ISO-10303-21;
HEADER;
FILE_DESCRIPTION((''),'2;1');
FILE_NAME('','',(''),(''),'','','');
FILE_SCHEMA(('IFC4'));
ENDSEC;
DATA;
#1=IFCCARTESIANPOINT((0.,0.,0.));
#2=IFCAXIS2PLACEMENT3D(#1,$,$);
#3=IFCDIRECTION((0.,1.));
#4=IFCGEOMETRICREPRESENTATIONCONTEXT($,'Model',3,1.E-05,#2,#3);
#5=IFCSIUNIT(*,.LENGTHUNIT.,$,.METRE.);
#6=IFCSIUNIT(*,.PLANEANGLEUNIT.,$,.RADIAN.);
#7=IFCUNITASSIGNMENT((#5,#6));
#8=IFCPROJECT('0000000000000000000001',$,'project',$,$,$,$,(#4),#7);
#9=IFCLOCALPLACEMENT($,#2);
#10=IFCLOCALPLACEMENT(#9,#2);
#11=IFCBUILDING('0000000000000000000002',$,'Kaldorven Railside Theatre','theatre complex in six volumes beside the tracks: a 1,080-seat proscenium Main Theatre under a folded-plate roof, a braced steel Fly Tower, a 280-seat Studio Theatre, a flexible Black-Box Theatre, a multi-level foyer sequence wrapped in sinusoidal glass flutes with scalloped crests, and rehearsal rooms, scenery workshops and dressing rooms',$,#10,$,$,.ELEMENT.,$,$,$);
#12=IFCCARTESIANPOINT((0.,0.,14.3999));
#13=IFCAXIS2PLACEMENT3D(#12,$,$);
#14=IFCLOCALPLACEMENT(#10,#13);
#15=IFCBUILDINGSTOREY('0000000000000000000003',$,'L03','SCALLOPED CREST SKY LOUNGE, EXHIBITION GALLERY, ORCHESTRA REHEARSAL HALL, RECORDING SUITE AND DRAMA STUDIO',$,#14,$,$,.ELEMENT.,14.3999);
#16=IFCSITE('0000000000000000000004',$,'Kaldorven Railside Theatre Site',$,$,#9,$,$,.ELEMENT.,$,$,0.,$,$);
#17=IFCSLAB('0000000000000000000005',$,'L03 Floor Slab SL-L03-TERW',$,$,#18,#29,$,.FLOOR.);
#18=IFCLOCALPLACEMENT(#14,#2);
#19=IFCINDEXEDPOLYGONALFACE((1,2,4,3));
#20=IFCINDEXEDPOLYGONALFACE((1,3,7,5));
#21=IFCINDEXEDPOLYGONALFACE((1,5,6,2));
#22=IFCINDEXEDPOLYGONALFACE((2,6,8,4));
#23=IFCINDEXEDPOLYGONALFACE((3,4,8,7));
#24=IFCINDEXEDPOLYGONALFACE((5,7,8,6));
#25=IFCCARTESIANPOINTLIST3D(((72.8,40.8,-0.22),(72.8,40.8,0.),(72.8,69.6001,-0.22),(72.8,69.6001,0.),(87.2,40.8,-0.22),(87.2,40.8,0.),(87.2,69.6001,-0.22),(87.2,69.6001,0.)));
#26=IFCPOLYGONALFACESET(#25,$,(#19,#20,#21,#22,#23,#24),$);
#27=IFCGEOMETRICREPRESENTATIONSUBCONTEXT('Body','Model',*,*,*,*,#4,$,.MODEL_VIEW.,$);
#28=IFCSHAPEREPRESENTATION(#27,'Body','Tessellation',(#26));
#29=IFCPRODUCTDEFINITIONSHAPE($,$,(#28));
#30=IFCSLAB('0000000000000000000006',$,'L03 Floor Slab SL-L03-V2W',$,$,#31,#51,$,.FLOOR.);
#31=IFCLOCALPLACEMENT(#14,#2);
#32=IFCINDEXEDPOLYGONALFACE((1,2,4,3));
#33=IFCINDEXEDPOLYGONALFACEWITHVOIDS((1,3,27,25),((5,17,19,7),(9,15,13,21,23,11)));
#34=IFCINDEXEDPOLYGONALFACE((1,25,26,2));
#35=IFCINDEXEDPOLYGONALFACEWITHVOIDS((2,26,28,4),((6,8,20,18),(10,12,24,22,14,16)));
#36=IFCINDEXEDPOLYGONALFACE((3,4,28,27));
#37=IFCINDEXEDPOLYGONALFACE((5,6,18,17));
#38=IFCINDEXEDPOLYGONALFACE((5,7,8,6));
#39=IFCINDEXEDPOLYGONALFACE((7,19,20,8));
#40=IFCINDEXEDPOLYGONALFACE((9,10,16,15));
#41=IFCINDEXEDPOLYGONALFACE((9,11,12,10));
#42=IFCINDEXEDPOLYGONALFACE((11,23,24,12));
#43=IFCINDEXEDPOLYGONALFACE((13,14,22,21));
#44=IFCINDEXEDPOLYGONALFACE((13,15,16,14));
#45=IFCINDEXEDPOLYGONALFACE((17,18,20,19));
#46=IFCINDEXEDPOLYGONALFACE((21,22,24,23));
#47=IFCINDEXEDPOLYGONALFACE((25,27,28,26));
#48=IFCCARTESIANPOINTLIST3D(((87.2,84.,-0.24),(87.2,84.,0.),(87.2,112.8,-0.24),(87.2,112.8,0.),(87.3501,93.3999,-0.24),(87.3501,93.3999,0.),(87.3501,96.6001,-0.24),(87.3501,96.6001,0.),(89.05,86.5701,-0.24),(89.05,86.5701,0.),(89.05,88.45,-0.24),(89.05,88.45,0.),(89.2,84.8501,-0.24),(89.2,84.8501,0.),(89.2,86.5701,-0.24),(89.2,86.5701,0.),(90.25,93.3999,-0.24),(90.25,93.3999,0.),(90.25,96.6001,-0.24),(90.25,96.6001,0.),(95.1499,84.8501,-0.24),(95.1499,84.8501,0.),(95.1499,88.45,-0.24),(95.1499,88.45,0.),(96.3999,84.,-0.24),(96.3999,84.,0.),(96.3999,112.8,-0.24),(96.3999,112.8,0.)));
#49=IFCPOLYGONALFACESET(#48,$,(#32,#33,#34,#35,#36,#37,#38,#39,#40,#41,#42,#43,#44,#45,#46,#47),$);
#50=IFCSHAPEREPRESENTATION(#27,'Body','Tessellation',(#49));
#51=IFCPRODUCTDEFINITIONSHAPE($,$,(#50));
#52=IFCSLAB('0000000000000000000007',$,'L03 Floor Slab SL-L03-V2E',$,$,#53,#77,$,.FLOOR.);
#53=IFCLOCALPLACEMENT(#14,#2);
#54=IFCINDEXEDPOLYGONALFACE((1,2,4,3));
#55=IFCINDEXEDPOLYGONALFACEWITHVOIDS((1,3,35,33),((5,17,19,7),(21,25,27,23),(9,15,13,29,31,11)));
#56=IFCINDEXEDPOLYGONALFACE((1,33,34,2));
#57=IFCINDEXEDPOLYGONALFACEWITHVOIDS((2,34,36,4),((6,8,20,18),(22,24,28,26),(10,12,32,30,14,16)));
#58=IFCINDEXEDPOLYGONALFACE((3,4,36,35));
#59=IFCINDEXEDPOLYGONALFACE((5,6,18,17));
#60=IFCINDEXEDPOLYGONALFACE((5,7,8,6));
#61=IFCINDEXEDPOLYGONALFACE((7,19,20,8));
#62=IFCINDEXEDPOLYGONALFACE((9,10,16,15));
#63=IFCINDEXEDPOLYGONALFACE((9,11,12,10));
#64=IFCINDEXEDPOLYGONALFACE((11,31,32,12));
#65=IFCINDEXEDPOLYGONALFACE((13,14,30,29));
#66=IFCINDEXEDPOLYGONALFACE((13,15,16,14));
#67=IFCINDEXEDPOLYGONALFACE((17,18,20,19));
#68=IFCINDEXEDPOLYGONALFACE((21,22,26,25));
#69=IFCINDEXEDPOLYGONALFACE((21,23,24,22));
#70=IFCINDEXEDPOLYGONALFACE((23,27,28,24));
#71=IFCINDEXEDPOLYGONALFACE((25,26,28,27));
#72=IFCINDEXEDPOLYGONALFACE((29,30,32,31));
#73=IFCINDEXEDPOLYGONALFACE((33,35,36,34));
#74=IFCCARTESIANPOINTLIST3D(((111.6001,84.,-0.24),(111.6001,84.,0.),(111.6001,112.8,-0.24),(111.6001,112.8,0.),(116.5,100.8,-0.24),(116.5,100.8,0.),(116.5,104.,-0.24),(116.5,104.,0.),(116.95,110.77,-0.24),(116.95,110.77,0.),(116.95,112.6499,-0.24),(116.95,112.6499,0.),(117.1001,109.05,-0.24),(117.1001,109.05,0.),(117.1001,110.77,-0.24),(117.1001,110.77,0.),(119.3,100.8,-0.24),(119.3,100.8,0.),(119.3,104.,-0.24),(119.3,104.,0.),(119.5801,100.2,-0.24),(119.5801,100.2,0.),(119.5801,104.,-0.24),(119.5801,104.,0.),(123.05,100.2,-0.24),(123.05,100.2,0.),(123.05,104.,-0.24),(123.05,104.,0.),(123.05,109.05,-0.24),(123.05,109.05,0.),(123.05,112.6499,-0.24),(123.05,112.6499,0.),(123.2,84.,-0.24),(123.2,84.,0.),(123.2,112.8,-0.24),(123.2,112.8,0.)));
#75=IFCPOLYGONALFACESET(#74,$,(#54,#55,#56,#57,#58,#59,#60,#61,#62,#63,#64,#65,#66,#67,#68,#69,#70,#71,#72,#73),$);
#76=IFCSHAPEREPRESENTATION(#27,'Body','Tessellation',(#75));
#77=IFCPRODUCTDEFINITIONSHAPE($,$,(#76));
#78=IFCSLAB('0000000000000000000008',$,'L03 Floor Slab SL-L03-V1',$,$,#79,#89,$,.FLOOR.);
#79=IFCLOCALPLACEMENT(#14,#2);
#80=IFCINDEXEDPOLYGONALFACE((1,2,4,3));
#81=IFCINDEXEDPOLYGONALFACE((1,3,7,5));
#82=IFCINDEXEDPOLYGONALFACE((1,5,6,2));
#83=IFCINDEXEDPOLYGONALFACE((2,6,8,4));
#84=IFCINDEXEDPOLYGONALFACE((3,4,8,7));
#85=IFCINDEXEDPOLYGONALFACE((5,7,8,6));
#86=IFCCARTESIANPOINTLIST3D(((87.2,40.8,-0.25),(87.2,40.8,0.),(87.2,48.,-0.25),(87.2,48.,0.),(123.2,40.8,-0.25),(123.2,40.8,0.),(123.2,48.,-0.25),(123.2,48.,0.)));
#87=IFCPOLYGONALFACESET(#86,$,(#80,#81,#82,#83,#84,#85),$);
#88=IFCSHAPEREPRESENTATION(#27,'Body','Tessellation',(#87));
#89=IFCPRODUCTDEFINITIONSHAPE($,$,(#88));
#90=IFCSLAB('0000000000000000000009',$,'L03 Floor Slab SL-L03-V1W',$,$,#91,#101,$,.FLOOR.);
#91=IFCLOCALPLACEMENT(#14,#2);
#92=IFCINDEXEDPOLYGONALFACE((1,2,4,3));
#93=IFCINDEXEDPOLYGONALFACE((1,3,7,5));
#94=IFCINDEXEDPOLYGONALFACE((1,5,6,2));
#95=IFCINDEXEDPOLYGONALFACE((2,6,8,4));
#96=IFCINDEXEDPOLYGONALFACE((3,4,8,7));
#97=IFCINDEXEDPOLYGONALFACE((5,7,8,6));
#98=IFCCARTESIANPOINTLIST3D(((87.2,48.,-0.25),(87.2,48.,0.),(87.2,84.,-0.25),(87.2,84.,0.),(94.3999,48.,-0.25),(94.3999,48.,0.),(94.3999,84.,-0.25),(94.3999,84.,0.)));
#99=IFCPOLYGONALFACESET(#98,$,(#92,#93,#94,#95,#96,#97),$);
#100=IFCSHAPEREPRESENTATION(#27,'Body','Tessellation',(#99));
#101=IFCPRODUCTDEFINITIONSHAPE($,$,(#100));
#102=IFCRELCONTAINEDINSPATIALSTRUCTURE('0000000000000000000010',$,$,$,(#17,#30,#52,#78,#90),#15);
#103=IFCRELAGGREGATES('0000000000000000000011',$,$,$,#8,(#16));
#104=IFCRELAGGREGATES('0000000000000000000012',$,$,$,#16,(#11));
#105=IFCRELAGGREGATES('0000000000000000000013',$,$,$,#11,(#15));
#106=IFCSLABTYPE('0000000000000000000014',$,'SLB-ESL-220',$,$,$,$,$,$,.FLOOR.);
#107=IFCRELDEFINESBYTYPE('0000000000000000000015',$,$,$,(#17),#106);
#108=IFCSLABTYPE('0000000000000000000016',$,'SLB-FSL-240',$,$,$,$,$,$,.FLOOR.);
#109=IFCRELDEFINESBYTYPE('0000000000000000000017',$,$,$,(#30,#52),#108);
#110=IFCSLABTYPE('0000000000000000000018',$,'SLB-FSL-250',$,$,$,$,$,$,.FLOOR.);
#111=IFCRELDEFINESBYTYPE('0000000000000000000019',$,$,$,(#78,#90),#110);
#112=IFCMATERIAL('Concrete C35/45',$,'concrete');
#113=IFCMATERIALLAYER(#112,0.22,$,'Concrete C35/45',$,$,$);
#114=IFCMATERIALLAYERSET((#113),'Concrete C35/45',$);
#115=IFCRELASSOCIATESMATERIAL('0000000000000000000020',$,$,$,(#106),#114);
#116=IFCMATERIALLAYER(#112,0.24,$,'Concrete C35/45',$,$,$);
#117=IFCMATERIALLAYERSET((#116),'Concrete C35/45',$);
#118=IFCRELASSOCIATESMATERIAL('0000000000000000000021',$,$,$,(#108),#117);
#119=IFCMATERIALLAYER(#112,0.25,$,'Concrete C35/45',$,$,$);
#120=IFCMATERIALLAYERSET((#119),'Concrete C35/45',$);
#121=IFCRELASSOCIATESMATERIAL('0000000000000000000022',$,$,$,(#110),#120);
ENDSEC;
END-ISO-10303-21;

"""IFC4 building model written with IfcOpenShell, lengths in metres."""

from ifc_helpers import new_model, si_unit, direction, frame, origin, place, context, subcontext, project, spatial, polyline, outline, extrude, material, layer, layer_set, type_object, element, save


model = new_model("IFC4")

# Units and contexts
model_context = context("Model", 3, precision=1e-05, world=origin(), true_north=direction((0.0, 1.0)))
body_context = subcontext(model_context, "Body", "Model", "MODEL_VIEW")
ifc_project = project(units=[si_unit("LENGTHUNIT", "METRE"), si_unit("PLANEANGLEUNIT", "RADIAN")], contexts=[model_context])

# Site, building, storey
site_placement = place(None, origin())
site = spatial("IfcSite", under=ifc_project, at=site_placement, Name="Kaldorven Railside Theatre Site", CompositionType="ELEMENT", RefElevation=0.0)
building_placement = place(site_placement, origin())
building = spatial("IfcBuilding", under=site, at=building_placement, Name="Kaldorven Railside Theatre", Description="theatre complex in six volumes beside the tracks: a 1,080-seat proscenium Main Theatre under a folded-plate roof, a braced steel Fly Tower, a 280-seat Studio Theatre, a flexible Black-Box Theatre, a multi-level foyer sequence wrapped in sinusoidal glass flutes with scalloped crests, and rehearsal rooms, scenery workshops and dressing rooms", CompositionType="ELEMENT")
storey_placement = place(building_placement, frame((0.0, 0.0, 14.3999)))
storey = spatial("IfcBuildingStorey", under=building, at=storey_placement, Name="L03", Description="SCALLOPED CREST SKY LOUNGE, EXHIBITION GALLERY, ORCHESTRA REHEARSAL HALL, RECORDING SUITE AND DRAMA STUDIO", CompositionType="ELEMENT", Elevation=14.3999)

# Slabs
ifc_material_1 = material(Name="Concrete C35/45", Category="concrete")
ifc_layer_1 = layer(ifc_material_1, 0.22, Name="Concrete C35/45")
ifc_layer_set_1 = layer_set([ifc_layer_1], Name="Concrete C35/45")
slab_type_1 = type_object("IfcSlabType", Name="SLB-ESL-220", PredefinedType="FLOOR", material=ifc_layer_set_1)
slab_1_placement = place(storey_placement, frame((0.0, 0.0, -0.22)))
element("IfcSlab", 1, at=slab_1_placement, inside=storey, type_object=slab_type_1, Name="L03 Floor Slab SL-L03-TERW", PredefinedType="FLOOR", context=body_context, shape_type="SweptSolid", body=[
    extrude(outline(polyline([(72.8, 40.8), (87.2, 40.8), (87.2, 69.6001), (72.8, 69.6001), (72.8, 40.8)])), origin(), (0.0, 0.0, 1.0), 0.22),
])
ifc_layer_2 = layer(ifc_material_1, 0.24, Name="Concrete C35/45")
ifc_layer_set_2 = layer_set([ifc_layer_2], Name="Concrete C35/45")
slab_type_2 = type_object("IfcSlabType", Name="SLB-FSL-240", PredefinedType="FLOOR", material=ifc_layer_set_2)
slab_2_placement = place(storey_placement, frame((0.0, 0.0, -0.24)))
element("IfcSlab", 2, at=slab_2_placement, inside=storey, type_object=slab_type_2, Name="L03 Floor Slab SL-L03-V2W", PredefinedType="FLOOR", context=body_context, shape_type="SweptSolid", body=[
    extrude(outline(polyline([(87.2, 84.0), (96.3999, 84.0), (96.3999, 112.8), (87.2, 112.8), (87.2, 84.0)]), holes=[polyline([(89.05, 88.45), (95.1499, 88.45), (95.1499, 84.8501), (89.2, 84.8501), (89.2, 86.5701), (89.05, 86.5701), (89.05, 88.45)]), polyline([(90.25, 93.3999), (90.25, 96.6001), (87.3501, 96.6001), (87.3501, 93.3999), (90.25, 93.3999)])]), origin(), (0.0, 0.0, 1.0), 0.24),
])
slab_3_placement = place(storey_placement, frame((0.0, 0.0, -0.24)))
element("IfcSlab", 3, at=slab_3_placement, inside=storey, type_object=slab_type_2, Name="L03 Floor Slab SL-L03-V2E", PredefinedType="FLOOR", context=body_context, shape_type="SweptSolid", body=[
    extrude(outline(polyline([(111.6001, 84.0), (123.2, 84.0), (123.2, 112.8), (111.6001, 112.8), (111.6001, 84.0)]), holes=[polyline([(116.95, 112.6499), (123.05, 112.6499), (123.05, 109.05), (117.1001, 109.05), (117.1001, 110.77), (116.95, 110.77), (116.95, 112.6499)]), polyline([(119.3, 100.8), (119.3, 104.0), (116.5, 104.0), (116.5, 100.8), (119.3, 100.8)]), polyline([(123.05, 100.2), (123.05, 104.0), (119.5801, 104.0), (119.5801, 100.2), (123.05, 100.2)])]), origin(), (0.0, 0.0, 1.0), 0.24),
])
ifc_layer_3 = layer(ifc_material_1, 0.25, Name="Concrete C35/45")
ifc_layer_set_3 = layer_set([ifc_layer_3], Name="Concrete C35/45")
slab_type_3 = type_object("IfcSlabType", Name="SLB-FSL-250", PredefinedType="FLOOR", material=ifc_layer_set_3)
slab_4_placement = place(storey_placement, frame((0.0, 0.0, -0.25)))
element("IfcSlab", 4, at=slab_4_placement, inside=storey, type_object=slab_type_3, Name="L03 Floor Slab SL-L03-V1", PredefinedType="FLOOR", context=body_context, shape_type="SweptSolid", body=[
    extrude(outline(polyline([(87.2, 40.8), (123.2, 40.8), (123.2, 48.0), (87.2, 48.0), (87.2, 40.8)])), origin(), (0.0, 0.0, 1.0), 0.25),
])
slab_5_placement = place(storey_placement, frame((0.0, 0.0, -0.25)))
element("IfcSlab", 5, at=slab_5_placement, inside=storey, type_object=slab_type_3, Name="L03 Floor Slab SL-L03-V1W", PredefinedType="FLOOR", context=body_context, shape_type="SweptSolid", body=[
    extrude(outline(polyline([(87.2, 48.0), (94.3999, 48.0), (94.3999, 84.0), (87.2, 84.0), (87.2, 48.0)])), origin(), (0.0, 0.0, 1.0), 0.25),
])

save(model, "model.ifc")
